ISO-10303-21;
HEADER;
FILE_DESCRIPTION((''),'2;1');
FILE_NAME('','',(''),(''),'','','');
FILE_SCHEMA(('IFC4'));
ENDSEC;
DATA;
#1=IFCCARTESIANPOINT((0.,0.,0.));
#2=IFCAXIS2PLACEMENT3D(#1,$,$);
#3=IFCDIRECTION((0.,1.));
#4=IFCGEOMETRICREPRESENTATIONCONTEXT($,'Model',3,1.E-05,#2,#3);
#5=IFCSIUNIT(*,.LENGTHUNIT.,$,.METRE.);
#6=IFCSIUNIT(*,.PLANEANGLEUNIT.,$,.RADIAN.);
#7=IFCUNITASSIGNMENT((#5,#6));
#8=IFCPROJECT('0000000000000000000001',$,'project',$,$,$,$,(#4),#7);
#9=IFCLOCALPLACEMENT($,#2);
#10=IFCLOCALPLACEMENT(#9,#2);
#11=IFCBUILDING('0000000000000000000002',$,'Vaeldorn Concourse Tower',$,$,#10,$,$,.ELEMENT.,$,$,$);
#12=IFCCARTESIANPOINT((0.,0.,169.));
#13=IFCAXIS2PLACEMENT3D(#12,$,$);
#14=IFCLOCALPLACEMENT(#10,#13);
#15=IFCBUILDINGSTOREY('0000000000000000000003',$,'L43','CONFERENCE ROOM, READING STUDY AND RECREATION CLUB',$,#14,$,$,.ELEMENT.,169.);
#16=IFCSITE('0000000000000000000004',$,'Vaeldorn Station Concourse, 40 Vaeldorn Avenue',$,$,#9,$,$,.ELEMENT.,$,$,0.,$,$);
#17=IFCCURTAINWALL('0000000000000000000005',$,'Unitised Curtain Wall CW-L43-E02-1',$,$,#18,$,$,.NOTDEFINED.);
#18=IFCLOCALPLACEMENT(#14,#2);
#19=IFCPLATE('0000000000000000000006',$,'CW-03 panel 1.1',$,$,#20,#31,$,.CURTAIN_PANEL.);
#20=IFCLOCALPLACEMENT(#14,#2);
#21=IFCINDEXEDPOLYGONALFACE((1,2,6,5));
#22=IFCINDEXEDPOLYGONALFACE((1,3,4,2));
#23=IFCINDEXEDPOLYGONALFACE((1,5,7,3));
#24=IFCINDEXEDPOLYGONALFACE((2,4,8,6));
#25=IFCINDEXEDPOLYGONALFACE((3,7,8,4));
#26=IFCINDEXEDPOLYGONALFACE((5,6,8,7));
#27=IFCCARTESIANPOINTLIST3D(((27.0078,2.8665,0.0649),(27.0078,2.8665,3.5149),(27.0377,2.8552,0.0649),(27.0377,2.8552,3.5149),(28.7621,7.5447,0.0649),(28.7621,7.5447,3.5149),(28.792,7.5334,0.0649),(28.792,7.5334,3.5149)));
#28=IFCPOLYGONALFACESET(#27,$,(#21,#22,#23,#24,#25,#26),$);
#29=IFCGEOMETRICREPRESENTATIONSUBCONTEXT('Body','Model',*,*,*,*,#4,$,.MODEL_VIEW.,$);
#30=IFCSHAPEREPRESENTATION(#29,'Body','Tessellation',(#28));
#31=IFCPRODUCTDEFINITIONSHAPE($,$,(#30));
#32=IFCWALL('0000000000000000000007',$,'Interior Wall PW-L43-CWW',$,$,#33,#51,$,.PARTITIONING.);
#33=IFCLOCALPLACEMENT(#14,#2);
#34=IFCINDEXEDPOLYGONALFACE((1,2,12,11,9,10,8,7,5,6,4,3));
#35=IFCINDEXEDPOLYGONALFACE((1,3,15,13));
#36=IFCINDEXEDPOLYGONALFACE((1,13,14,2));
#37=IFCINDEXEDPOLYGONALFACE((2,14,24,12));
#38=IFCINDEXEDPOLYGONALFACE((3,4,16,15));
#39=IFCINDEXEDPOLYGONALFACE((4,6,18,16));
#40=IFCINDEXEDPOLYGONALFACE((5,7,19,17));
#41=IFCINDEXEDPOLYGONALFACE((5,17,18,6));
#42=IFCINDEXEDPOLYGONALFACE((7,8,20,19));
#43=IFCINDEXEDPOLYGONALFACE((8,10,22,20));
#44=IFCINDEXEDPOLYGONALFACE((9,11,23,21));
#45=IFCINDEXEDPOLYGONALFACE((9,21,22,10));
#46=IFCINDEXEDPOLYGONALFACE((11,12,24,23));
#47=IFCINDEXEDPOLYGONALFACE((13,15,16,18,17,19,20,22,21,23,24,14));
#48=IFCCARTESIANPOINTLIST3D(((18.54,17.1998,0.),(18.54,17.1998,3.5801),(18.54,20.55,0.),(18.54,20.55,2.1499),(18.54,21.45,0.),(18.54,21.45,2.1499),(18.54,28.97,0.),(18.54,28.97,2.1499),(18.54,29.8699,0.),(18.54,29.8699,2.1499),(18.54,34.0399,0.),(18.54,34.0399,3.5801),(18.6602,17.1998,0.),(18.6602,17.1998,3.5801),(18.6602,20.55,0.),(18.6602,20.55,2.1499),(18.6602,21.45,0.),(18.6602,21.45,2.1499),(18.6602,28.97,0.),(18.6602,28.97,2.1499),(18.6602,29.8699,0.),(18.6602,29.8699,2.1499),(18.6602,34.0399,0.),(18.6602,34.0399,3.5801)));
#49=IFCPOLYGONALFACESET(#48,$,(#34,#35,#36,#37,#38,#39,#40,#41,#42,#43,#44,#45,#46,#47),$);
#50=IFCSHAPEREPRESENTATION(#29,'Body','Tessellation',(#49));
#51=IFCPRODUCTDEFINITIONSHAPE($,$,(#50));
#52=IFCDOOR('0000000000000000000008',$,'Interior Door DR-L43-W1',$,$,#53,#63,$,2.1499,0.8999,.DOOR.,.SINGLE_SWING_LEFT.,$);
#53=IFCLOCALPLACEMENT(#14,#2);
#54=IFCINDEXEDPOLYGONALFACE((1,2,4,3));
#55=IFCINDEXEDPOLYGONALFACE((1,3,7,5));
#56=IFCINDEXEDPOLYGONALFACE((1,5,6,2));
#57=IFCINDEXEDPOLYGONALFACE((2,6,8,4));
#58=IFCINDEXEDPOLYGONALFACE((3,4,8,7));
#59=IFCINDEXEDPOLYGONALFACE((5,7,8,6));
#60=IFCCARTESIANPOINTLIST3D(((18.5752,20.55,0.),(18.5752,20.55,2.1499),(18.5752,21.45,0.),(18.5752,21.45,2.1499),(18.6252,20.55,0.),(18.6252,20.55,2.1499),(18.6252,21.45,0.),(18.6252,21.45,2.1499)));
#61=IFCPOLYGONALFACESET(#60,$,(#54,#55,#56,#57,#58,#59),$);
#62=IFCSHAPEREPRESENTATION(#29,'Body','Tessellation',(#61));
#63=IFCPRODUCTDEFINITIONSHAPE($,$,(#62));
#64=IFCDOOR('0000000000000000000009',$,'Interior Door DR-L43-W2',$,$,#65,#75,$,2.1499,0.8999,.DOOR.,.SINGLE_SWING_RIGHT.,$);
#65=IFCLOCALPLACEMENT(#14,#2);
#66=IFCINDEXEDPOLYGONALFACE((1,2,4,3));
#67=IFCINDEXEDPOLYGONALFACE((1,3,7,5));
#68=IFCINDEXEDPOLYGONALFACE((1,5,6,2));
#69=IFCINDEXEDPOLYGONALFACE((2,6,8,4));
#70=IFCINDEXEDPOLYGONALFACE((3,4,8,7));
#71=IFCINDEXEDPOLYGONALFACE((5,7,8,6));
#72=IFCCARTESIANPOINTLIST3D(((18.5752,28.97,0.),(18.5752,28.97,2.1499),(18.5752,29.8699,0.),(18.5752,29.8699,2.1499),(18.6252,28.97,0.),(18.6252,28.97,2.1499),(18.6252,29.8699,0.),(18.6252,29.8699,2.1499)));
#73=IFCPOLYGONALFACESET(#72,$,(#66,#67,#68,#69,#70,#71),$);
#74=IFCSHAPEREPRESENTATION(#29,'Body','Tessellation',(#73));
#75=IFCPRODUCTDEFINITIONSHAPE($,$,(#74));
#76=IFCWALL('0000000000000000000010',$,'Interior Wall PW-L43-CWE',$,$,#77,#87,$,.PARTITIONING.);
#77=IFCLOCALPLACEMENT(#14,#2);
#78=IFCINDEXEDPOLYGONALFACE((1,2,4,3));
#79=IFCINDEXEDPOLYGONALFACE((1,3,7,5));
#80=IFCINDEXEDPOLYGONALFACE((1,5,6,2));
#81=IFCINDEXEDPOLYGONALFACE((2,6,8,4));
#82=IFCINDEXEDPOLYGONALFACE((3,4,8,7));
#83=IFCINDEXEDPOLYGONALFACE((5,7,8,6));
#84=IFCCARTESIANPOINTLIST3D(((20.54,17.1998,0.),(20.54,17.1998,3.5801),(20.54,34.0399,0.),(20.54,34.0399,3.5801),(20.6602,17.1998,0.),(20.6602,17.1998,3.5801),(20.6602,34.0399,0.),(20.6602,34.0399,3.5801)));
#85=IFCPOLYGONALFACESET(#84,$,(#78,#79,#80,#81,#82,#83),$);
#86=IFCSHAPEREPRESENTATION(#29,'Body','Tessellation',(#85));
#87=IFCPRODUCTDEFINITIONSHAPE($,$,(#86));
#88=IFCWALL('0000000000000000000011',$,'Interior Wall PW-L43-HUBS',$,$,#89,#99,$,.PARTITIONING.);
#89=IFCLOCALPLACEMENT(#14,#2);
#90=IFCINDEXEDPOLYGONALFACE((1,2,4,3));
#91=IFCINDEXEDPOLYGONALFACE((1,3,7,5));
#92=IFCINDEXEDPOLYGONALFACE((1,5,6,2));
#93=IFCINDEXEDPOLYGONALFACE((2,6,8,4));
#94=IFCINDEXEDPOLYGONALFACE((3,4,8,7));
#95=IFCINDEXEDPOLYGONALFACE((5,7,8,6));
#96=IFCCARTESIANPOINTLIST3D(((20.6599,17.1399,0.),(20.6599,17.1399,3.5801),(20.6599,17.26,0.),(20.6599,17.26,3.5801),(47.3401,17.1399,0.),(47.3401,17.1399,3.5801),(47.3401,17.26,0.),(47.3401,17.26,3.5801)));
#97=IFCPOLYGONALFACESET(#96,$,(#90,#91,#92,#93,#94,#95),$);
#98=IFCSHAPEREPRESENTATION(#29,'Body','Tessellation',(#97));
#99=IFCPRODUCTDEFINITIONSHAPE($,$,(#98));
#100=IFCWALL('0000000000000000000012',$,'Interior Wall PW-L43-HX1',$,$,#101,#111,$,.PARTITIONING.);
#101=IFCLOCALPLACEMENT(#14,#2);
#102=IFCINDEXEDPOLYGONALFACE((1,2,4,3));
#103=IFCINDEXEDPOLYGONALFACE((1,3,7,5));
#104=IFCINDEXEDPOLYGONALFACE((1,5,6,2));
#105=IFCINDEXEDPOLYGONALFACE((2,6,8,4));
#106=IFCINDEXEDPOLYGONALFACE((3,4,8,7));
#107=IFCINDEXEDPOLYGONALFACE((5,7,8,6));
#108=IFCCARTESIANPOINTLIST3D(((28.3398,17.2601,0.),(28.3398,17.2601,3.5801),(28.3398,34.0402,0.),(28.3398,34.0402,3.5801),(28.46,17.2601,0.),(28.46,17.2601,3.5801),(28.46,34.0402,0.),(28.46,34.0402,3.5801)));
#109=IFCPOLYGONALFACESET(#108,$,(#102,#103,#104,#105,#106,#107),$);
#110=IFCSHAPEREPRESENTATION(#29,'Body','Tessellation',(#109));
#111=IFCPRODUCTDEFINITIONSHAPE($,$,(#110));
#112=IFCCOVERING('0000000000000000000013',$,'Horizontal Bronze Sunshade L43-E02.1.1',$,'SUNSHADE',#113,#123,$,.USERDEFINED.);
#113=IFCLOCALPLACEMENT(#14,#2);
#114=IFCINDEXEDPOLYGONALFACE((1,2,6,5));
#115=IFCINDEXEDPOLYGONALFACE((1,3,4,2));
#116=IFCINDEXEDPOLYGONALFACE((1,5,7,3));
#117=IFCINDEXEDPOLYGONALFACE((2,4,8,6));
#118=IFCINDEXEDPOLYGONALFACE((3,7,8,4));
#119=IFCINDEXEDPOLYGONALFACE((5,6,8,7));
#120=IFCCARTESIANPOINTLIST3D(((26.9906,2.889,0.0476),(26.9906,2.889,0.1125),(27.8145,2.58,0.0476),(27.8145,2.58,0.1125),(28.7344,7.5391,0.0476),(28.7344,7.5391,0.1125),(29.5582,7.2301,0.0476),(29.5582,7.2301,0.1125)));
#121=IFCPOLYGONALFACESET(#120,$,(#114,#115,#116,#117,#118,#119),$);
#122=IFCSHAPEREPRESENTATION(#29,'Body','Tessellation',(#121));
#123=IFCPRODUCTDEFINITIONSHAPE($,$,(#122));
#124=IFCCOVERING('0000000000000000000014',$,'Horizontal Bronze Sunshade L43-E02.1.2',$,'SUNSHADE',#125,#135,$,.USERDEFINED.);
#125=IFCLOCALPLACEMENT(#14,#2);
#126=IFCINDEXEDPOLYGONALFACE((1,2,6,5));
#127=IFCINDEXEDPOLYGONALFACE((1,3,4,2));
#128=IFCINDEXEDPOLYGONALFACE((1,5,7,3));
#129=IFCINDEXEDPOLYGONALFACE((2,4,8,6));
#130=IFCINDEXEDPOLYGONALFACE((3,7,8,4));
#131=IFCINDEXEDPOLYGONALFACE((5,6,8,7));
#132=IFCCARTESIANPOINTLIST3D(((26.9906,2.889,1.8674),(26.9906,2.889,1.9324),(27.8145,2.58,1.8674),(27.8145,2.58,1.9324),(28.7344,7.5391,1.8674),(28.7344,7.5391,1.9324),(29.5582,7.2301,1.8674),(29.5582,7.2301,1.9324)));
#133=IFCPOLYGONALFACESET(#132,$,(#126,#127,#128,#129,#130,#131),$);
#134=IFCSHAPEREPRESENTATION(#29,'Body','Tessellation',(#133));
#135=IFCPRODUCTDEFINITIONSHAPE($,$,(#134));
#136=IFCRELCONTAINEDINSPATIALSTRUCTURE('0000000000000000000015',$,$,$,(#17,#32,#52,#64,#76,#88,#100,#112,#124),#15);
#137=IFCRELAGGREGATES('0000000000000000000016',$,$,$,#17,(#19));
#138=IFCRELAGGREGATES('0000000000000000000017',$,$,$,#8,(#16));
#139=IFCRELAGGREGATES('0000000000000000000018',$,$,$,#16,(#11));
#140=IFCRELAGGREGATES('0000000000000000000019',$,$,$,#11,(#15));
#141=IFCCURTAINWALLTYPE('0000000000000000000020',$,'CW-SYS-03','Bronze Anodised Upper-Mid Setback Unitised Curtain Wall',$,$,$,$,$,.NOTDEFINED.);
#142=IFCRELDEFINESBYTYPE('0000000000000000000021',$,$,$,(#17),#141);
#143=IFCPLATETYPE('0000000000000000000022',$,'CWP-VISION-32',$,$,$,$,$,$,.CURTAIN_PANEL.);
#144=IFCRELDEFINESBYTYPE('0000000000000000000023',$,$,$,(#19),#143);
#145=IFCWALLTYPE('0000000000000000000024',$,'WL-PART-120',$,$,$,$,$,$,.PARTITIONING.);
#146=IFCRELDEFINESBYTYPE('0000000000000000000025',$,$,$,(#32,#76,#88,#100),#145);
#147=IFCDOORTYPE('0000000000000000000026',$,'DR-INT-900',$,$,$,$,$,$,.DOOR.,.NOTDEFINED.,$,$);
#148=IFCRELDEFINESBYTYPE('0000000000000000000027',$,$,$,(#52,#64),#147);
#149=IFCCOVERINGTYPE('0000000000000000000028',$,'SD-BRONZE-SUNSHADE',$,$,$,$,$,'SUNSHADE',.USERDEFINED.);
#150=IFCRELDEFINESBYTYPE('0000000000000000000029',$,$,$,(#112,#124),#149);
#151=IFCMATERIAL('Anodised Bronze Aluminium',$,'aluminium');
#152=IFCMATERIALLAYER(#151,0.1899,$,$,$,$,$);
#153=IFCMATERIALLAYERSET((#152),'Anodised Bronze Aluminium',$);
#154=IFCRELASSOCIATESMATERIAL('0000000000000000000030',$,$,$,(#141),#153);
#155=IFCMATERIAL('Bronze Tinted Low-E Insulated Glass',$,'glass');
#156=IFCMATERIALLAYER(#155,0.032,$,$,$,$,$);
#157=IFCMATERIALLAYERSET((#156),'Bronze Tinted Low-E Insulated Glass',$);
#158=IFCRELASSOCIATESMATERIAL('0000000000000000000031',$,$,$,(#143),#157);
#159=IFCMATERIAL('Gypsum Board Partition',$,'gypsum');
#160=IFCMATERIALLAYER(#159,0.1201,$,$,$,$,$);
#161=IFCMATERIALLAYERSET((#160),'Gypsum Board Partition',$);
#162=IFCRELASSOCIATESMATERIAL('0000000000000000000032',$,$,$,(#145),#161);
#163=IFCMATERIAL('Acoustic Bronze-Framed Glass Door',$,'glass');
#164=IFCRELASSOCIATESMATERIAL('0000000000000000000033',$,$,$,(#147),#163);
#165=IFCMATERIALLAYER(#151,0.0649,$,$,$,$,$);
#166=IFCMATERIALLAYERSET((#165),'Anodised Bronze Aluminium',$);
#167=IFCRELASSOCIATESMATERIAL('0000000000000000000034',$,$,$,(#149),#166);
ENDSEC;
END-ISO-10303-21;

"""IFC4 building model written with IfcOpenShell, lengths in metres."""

from ifc_helpers import new_model, si_unit, direction, frame, frame_2d, origin, origin_2d, place, context, subcontext, project, spatial, rectangle, extrude, source, transform, mapped, material, layer, layer_set, type_object, element, fill, aggregate, save


model = new_model("IFC4")

# Units and contexts
model_context = context("Model", 3, precision=1e-05, world=origin(), true_north=direction((0.0, 1.0)))
body_context = subcontext(model_context, "Body", "Model", "MODEL_VIEW")
ifc_project = project(units=[si_unit("LENGTHUNIT", "METRE"), si_unit("PLANEANGLEUNIT", "RADIAN")], contexts=[model_context])

# Site, building, storey
site_placement = place(None, origin())
site = spatial("IfcSite", under=ifc_project, at=site_placement, Name="Vaeldorn Station Concourse, 40 Vaeldorn Avenue", CompositionType="ELEMENT", RefElevation=0.0)
building_placement = place(site_placement, origin())
building = spatial("IfcBuilding", under=site, at=building_placement, Name="Vaeldorn Concourse Tower", CompositionType="ELEMENT")
storey_placement = place(building_placement, frame((0.0, 0.0, 169.0)))
storey = spatial("IfcBuildingStorey", under=building, at=storey_placement, Name="L43", Description="CONFERENCE ROOM, READING STUDY AND RECREATION CLUB", CompositionType="ELEMENT", Elevation=169.0)

# Shared definitions
ifc_material_1 = material(Name="Anodised Bronze Aluminium", Category="aluminium")
ifc_layer_1 = layer(ifc_material_1, 0.1899)
ifc_layer_set_1 = layer_set([ifc_layer_1], Name="Anodised Bronze Aluminium")
curtain_wall_type = type_object("IfcCurtainWallType", Name="CW-SYS-03", Description="Bronze Anodised Upper-Mid Setback Unitised Curtain Wall", PredefinedType="NOTDEFINED", material=ifc_layer_set_1)

# Curtain wall
curtain_wall_1_placement = place(storey_placement, origin())
curtain_wall_1 = element("IfcCurtainWall", 1, at=curtain_wall_1_placement, inside=storey, type_object=curtain_wall_type, Name="Unitised Curtain Wall CW-L43-E02-1", PredefinedType="NOTDEFINED")

# Plate
ifc_material_2 = material(Name="Bronze Tinted Low-E Insulated Glass", Category="glass")
ifc_layer_2 = layer(ifc_material_2, 0.032)
ifc_layer_set_2 = layer_set([ifc_layer_2], Name="Bronze Tinted Low-E Insulated Glass")
plate_type = type_object("IfcPlateType", Name="CWP-VISION-32", PredefinedType="CURTAIN_PANEL", material=ifc_layer_set_2)
shared_shape_1 = source(origin(), body_context, "Body", "SweptSolid", [
    extrude(rectangle(XDim=4.9963, YDim=0.032, at=origin_2d()), origin(), (0.0, 0.0, 1.0), 3.45),
])
plate_placement = place(storey_placement, frame((27.8999, 5.2, 0.0649), z_axis=(0.0, 0.0, 1.0), x_axis=(0.351123, 0.936329, 0.0)))
plate = element("IfcPlate", 2, at=plate_placement, type_object=plate_type, Name="CW-03 panel 1.1", PredefinedType="CURTAIN_PANEL", context=body_context, shape_type="MappedRepresentation", body=[
    mapped(shared_shape_1, transform((0.0, 0.0, 0.0), scale=1.0)),
])
aggregate(curtain_wall_1, [plate])

# Wall, openings, doors
ifc_material_3 = material(Name="Gypsum Board Partition", Category="gypsum")
ifc_layer_3 = layer(ifc_material_3, 0.1201)
ifc_layer_set_3 = layer_set([ifc_layer_3], Name="Gypsum Board Partition")
wall_type = type_object("IfcWallType", Name="WL-PART-120", PredefinedType="PARTITIONING", material=ifc_layer_set_3)
wall_1_placement = place(storey_placement, frame((18.6001, 17.2, 0.0), z_axis=(0.0, 0.0, 1.0), x_axis=(0.0, 1.0, 0.0)))
wall_1 = element("IfcWall", 3, at=wall_1_placement, inside=storey, type_object=wall_type, Name="Interior Wall PW-L43-CWW", PredefinedType="PARTITIONING", context=body_context, shape_type="SweptSolid", body=[
    extrude(rectangle(XDim=16.8401, YDim=0.1201, at=frame_2d((8.4199, 0.0))), origin(), (0.0, 0.0, 1.0), 3.5801),
])
opening_1_placement = place(wall_1_placement, frame((3.3501, 0.0, 0.0)))
opening_1 = element("IfcOpeningElement", 4, at=opening_1_placement, cuts=wall_1, PredefinedType="OPENING", context=body_context, shape_type="SweptSolid", body=[
    extrude(rectangle(XDim=0.8999, YDim=2.1499, at=frame_2d((0.45, 1.075))), frame((0.0, 0.0701, 0.0), z_axis=(0.0, -1.0, 0.0), x_axis=(1.0, 0.0, 0.0)), (0.0, 0.0, 1.0), 0.1401),
])
opening_2_placement = place(wall_1_placement, frame((11.77, 0.0, 0.0)))
opening_2 = element("IfcOpeningElement", 5, at=opening_2_placement, cuts=wall_1, PredefinedType="OPENING", context=body_context, shape_type="SweptSolid", body=[
    extrude(rectangle(XDim=0.8999, YDim=2.1499, at=frame_2d((0.45, 1.075))), frame((0.0, 0.0701, 0.0), z_axis=(0.0, -1.0, 0.0), x_axis=(1.0, 0.0, 0.0)), (0.0, 0.0, 1.0), 0.1401),
])
ifc_material_4 = material(Name="Acoustic Bronze-Framed Glass Door", Category="glass")
door_type = type_object("IfcDoorType", Name="DR-INT-900", OperationType="NOTDEFINED", PredefinedType="DOOR", material=ifc_material_4)
shared_shape_2 = source(origin(), body_context, "Body", "SweptSolid", [
    extrude(rectangle(XDim=0.8999, YDim=2.1499, at=frame_2d((0.45, 1.075))), frame((0.0, 0.0249, 0.0), z_axis=(0.0, -1.0, 0.0), x_axis=(1.0, 0.0, 0.0)), (0.0, 0.0, 1.0), 0.05),
])
door_1_placement = place(opening_1_placement, origin())
door_1 = element("IfcDoor", 6, at=door_1_placement, inside=storey, type_object=door_type, Name="Interior Door DR-L43-W1", OperationType="SINGLE_SWING_LEFT", OverallHeight=2.1499, OverallWidth=0.8999, PredefinedType="DOOR", context=body_context, shape_type="MappedRepresentation", body=[
    mapped(shared_shape_2, transform((0.0, 0.0, 0.0), scale=1.0)),
])
fill(opening_1, door_1)
door_2_placement = place(opening_2_placement, origin())
door_2 = element("IfcDoor", 7, at=door_2_placement, inside=storey, type_object=door_type, Name="Interior Door DR-L43-W2", OperationType="SINGLE_SWING_RIGHT", OverallHeight=2.1499, OverallWidth=0.8999, PredefinedType="DOOR", context=body_context, shape_type="MappedRepresentation", body=[
    mapped(shared_shape_2, transform((0.0, 0.0, 0.0), scale=1.0)),
])
fill(opening_2, door_2)

# Wall
wall_2_placement = place(storey_placement, frame((20.6001, 17.2, 0.0), z_axis=(0.0, 0.0, 1.0), x_axis=(0.0, 1.0, 0.0)))
element("IfcWall", 8, at=wall_2_placement, inside=storey, type_object=wall_type, Name="Interior Wall PW-L43-CWE", PredefinedType="PARTITIONING", context=body_context, shape_type="SweptSolid", body=[
    extrude(rectangle(XDim=16.8401, YDim=0.1201, at=frame_2d((8.4199, 0.0))), origin(), (0.0, 0.0, 1.0), 3.5801),
])

# Walls
wall_3_placement = place(storey_placement, frame((20.6599, 17.2, 0.0), z_axis=(0.0, 0.0, 1.0), x_axis=(1.0, 0.0, 0.0)))
element("IfcWall", 9, at=wall_3_placement, inside=storey, type_object=wall_type, Name="Interior Wall PW-L43-HUBS", PredefinedType="PARTITIONING", context=body_context, shape_type="SweptSolid", body=[
    extrude(rectangle(XDim=26.6802, YDim=0.1201, at=frame_2d((13.3401, 0.0))), origin(), (0.0, 0.0, 1.0), 3.5801),
])
wall_4_placement = place(storey_placement, frame((28.3999, 17.26, 0.0), z_axis=(0.0, 0.0, 1.0), x_axis=(0.0, 1.0, 0.0)))
element("IfcWall", 10, at=wall_4_placement, inside=storey, type_object=wall_type, Name="Interior Wall PW-L43-HX1", PredefinedType="PARTITIONING", context=body_context, shape_type="SweptSolid", body=[
    extrude(rectangle(XDim=16.78, YDim=0.1201, at=frame_2d((8.3901, 0.0))), origin(), (0.0, 0.0, 1.0), 3.5801),
])

# Coverings
ifc_layer_4 = layer(ifc_material_1, 0.0649)
ifc_layer_set_4 = layer_set([ifc_layer_4], Name="Anodised Bronze Aluminium")
covering_type = type_object("IfcCoveringType", Name="SD-BRONZE-SUNSHADE", ElementType="SUNSHADE", PredefinedType="USERDEFINED", material=ifc_layer_set_4)
shared_shape_3 = source(origin(), body_context, "Body", "SweptSolid", [
    extrude(rectangle(XDim=4.9663, YDim=0.8799, at=origin_2d()), origin(), (0.0, 0.0, 1.0), 0.0649),
])
for number, where, z_axis, x_axis, name in (
    (11, (28.2744, 5.0596, 0.0476), (0.0, 0.0, 1.0), (0.351123, 0.936329, 0.0), "Horizontal Bronze Sunshade L43-E02.1.1"),
    (12, (28.2744, 5.0596, 1.8674), (0.0, 0.0, 1.0), (0.351123, 0.936329, 0.0), "Horizontal Bronze Sunshade L43-E02.1.2"),
):
    element("IfcCovering", number, at=place(storey_placement, frame(where, z_axis=z_axis, x_axis=x_axis)), inside=storey, type_object=covering_type, Name=name, ObjectType="SUNSHADE", PredefinedType="USERDEFINED", context=body_context, shape_type="MappedRepresentation", body=[
        mapped(shared_shape_3, transform((0.0, 0.0, 0.0), scale=1.0)),
    ])

save(model, "model.ifc")
